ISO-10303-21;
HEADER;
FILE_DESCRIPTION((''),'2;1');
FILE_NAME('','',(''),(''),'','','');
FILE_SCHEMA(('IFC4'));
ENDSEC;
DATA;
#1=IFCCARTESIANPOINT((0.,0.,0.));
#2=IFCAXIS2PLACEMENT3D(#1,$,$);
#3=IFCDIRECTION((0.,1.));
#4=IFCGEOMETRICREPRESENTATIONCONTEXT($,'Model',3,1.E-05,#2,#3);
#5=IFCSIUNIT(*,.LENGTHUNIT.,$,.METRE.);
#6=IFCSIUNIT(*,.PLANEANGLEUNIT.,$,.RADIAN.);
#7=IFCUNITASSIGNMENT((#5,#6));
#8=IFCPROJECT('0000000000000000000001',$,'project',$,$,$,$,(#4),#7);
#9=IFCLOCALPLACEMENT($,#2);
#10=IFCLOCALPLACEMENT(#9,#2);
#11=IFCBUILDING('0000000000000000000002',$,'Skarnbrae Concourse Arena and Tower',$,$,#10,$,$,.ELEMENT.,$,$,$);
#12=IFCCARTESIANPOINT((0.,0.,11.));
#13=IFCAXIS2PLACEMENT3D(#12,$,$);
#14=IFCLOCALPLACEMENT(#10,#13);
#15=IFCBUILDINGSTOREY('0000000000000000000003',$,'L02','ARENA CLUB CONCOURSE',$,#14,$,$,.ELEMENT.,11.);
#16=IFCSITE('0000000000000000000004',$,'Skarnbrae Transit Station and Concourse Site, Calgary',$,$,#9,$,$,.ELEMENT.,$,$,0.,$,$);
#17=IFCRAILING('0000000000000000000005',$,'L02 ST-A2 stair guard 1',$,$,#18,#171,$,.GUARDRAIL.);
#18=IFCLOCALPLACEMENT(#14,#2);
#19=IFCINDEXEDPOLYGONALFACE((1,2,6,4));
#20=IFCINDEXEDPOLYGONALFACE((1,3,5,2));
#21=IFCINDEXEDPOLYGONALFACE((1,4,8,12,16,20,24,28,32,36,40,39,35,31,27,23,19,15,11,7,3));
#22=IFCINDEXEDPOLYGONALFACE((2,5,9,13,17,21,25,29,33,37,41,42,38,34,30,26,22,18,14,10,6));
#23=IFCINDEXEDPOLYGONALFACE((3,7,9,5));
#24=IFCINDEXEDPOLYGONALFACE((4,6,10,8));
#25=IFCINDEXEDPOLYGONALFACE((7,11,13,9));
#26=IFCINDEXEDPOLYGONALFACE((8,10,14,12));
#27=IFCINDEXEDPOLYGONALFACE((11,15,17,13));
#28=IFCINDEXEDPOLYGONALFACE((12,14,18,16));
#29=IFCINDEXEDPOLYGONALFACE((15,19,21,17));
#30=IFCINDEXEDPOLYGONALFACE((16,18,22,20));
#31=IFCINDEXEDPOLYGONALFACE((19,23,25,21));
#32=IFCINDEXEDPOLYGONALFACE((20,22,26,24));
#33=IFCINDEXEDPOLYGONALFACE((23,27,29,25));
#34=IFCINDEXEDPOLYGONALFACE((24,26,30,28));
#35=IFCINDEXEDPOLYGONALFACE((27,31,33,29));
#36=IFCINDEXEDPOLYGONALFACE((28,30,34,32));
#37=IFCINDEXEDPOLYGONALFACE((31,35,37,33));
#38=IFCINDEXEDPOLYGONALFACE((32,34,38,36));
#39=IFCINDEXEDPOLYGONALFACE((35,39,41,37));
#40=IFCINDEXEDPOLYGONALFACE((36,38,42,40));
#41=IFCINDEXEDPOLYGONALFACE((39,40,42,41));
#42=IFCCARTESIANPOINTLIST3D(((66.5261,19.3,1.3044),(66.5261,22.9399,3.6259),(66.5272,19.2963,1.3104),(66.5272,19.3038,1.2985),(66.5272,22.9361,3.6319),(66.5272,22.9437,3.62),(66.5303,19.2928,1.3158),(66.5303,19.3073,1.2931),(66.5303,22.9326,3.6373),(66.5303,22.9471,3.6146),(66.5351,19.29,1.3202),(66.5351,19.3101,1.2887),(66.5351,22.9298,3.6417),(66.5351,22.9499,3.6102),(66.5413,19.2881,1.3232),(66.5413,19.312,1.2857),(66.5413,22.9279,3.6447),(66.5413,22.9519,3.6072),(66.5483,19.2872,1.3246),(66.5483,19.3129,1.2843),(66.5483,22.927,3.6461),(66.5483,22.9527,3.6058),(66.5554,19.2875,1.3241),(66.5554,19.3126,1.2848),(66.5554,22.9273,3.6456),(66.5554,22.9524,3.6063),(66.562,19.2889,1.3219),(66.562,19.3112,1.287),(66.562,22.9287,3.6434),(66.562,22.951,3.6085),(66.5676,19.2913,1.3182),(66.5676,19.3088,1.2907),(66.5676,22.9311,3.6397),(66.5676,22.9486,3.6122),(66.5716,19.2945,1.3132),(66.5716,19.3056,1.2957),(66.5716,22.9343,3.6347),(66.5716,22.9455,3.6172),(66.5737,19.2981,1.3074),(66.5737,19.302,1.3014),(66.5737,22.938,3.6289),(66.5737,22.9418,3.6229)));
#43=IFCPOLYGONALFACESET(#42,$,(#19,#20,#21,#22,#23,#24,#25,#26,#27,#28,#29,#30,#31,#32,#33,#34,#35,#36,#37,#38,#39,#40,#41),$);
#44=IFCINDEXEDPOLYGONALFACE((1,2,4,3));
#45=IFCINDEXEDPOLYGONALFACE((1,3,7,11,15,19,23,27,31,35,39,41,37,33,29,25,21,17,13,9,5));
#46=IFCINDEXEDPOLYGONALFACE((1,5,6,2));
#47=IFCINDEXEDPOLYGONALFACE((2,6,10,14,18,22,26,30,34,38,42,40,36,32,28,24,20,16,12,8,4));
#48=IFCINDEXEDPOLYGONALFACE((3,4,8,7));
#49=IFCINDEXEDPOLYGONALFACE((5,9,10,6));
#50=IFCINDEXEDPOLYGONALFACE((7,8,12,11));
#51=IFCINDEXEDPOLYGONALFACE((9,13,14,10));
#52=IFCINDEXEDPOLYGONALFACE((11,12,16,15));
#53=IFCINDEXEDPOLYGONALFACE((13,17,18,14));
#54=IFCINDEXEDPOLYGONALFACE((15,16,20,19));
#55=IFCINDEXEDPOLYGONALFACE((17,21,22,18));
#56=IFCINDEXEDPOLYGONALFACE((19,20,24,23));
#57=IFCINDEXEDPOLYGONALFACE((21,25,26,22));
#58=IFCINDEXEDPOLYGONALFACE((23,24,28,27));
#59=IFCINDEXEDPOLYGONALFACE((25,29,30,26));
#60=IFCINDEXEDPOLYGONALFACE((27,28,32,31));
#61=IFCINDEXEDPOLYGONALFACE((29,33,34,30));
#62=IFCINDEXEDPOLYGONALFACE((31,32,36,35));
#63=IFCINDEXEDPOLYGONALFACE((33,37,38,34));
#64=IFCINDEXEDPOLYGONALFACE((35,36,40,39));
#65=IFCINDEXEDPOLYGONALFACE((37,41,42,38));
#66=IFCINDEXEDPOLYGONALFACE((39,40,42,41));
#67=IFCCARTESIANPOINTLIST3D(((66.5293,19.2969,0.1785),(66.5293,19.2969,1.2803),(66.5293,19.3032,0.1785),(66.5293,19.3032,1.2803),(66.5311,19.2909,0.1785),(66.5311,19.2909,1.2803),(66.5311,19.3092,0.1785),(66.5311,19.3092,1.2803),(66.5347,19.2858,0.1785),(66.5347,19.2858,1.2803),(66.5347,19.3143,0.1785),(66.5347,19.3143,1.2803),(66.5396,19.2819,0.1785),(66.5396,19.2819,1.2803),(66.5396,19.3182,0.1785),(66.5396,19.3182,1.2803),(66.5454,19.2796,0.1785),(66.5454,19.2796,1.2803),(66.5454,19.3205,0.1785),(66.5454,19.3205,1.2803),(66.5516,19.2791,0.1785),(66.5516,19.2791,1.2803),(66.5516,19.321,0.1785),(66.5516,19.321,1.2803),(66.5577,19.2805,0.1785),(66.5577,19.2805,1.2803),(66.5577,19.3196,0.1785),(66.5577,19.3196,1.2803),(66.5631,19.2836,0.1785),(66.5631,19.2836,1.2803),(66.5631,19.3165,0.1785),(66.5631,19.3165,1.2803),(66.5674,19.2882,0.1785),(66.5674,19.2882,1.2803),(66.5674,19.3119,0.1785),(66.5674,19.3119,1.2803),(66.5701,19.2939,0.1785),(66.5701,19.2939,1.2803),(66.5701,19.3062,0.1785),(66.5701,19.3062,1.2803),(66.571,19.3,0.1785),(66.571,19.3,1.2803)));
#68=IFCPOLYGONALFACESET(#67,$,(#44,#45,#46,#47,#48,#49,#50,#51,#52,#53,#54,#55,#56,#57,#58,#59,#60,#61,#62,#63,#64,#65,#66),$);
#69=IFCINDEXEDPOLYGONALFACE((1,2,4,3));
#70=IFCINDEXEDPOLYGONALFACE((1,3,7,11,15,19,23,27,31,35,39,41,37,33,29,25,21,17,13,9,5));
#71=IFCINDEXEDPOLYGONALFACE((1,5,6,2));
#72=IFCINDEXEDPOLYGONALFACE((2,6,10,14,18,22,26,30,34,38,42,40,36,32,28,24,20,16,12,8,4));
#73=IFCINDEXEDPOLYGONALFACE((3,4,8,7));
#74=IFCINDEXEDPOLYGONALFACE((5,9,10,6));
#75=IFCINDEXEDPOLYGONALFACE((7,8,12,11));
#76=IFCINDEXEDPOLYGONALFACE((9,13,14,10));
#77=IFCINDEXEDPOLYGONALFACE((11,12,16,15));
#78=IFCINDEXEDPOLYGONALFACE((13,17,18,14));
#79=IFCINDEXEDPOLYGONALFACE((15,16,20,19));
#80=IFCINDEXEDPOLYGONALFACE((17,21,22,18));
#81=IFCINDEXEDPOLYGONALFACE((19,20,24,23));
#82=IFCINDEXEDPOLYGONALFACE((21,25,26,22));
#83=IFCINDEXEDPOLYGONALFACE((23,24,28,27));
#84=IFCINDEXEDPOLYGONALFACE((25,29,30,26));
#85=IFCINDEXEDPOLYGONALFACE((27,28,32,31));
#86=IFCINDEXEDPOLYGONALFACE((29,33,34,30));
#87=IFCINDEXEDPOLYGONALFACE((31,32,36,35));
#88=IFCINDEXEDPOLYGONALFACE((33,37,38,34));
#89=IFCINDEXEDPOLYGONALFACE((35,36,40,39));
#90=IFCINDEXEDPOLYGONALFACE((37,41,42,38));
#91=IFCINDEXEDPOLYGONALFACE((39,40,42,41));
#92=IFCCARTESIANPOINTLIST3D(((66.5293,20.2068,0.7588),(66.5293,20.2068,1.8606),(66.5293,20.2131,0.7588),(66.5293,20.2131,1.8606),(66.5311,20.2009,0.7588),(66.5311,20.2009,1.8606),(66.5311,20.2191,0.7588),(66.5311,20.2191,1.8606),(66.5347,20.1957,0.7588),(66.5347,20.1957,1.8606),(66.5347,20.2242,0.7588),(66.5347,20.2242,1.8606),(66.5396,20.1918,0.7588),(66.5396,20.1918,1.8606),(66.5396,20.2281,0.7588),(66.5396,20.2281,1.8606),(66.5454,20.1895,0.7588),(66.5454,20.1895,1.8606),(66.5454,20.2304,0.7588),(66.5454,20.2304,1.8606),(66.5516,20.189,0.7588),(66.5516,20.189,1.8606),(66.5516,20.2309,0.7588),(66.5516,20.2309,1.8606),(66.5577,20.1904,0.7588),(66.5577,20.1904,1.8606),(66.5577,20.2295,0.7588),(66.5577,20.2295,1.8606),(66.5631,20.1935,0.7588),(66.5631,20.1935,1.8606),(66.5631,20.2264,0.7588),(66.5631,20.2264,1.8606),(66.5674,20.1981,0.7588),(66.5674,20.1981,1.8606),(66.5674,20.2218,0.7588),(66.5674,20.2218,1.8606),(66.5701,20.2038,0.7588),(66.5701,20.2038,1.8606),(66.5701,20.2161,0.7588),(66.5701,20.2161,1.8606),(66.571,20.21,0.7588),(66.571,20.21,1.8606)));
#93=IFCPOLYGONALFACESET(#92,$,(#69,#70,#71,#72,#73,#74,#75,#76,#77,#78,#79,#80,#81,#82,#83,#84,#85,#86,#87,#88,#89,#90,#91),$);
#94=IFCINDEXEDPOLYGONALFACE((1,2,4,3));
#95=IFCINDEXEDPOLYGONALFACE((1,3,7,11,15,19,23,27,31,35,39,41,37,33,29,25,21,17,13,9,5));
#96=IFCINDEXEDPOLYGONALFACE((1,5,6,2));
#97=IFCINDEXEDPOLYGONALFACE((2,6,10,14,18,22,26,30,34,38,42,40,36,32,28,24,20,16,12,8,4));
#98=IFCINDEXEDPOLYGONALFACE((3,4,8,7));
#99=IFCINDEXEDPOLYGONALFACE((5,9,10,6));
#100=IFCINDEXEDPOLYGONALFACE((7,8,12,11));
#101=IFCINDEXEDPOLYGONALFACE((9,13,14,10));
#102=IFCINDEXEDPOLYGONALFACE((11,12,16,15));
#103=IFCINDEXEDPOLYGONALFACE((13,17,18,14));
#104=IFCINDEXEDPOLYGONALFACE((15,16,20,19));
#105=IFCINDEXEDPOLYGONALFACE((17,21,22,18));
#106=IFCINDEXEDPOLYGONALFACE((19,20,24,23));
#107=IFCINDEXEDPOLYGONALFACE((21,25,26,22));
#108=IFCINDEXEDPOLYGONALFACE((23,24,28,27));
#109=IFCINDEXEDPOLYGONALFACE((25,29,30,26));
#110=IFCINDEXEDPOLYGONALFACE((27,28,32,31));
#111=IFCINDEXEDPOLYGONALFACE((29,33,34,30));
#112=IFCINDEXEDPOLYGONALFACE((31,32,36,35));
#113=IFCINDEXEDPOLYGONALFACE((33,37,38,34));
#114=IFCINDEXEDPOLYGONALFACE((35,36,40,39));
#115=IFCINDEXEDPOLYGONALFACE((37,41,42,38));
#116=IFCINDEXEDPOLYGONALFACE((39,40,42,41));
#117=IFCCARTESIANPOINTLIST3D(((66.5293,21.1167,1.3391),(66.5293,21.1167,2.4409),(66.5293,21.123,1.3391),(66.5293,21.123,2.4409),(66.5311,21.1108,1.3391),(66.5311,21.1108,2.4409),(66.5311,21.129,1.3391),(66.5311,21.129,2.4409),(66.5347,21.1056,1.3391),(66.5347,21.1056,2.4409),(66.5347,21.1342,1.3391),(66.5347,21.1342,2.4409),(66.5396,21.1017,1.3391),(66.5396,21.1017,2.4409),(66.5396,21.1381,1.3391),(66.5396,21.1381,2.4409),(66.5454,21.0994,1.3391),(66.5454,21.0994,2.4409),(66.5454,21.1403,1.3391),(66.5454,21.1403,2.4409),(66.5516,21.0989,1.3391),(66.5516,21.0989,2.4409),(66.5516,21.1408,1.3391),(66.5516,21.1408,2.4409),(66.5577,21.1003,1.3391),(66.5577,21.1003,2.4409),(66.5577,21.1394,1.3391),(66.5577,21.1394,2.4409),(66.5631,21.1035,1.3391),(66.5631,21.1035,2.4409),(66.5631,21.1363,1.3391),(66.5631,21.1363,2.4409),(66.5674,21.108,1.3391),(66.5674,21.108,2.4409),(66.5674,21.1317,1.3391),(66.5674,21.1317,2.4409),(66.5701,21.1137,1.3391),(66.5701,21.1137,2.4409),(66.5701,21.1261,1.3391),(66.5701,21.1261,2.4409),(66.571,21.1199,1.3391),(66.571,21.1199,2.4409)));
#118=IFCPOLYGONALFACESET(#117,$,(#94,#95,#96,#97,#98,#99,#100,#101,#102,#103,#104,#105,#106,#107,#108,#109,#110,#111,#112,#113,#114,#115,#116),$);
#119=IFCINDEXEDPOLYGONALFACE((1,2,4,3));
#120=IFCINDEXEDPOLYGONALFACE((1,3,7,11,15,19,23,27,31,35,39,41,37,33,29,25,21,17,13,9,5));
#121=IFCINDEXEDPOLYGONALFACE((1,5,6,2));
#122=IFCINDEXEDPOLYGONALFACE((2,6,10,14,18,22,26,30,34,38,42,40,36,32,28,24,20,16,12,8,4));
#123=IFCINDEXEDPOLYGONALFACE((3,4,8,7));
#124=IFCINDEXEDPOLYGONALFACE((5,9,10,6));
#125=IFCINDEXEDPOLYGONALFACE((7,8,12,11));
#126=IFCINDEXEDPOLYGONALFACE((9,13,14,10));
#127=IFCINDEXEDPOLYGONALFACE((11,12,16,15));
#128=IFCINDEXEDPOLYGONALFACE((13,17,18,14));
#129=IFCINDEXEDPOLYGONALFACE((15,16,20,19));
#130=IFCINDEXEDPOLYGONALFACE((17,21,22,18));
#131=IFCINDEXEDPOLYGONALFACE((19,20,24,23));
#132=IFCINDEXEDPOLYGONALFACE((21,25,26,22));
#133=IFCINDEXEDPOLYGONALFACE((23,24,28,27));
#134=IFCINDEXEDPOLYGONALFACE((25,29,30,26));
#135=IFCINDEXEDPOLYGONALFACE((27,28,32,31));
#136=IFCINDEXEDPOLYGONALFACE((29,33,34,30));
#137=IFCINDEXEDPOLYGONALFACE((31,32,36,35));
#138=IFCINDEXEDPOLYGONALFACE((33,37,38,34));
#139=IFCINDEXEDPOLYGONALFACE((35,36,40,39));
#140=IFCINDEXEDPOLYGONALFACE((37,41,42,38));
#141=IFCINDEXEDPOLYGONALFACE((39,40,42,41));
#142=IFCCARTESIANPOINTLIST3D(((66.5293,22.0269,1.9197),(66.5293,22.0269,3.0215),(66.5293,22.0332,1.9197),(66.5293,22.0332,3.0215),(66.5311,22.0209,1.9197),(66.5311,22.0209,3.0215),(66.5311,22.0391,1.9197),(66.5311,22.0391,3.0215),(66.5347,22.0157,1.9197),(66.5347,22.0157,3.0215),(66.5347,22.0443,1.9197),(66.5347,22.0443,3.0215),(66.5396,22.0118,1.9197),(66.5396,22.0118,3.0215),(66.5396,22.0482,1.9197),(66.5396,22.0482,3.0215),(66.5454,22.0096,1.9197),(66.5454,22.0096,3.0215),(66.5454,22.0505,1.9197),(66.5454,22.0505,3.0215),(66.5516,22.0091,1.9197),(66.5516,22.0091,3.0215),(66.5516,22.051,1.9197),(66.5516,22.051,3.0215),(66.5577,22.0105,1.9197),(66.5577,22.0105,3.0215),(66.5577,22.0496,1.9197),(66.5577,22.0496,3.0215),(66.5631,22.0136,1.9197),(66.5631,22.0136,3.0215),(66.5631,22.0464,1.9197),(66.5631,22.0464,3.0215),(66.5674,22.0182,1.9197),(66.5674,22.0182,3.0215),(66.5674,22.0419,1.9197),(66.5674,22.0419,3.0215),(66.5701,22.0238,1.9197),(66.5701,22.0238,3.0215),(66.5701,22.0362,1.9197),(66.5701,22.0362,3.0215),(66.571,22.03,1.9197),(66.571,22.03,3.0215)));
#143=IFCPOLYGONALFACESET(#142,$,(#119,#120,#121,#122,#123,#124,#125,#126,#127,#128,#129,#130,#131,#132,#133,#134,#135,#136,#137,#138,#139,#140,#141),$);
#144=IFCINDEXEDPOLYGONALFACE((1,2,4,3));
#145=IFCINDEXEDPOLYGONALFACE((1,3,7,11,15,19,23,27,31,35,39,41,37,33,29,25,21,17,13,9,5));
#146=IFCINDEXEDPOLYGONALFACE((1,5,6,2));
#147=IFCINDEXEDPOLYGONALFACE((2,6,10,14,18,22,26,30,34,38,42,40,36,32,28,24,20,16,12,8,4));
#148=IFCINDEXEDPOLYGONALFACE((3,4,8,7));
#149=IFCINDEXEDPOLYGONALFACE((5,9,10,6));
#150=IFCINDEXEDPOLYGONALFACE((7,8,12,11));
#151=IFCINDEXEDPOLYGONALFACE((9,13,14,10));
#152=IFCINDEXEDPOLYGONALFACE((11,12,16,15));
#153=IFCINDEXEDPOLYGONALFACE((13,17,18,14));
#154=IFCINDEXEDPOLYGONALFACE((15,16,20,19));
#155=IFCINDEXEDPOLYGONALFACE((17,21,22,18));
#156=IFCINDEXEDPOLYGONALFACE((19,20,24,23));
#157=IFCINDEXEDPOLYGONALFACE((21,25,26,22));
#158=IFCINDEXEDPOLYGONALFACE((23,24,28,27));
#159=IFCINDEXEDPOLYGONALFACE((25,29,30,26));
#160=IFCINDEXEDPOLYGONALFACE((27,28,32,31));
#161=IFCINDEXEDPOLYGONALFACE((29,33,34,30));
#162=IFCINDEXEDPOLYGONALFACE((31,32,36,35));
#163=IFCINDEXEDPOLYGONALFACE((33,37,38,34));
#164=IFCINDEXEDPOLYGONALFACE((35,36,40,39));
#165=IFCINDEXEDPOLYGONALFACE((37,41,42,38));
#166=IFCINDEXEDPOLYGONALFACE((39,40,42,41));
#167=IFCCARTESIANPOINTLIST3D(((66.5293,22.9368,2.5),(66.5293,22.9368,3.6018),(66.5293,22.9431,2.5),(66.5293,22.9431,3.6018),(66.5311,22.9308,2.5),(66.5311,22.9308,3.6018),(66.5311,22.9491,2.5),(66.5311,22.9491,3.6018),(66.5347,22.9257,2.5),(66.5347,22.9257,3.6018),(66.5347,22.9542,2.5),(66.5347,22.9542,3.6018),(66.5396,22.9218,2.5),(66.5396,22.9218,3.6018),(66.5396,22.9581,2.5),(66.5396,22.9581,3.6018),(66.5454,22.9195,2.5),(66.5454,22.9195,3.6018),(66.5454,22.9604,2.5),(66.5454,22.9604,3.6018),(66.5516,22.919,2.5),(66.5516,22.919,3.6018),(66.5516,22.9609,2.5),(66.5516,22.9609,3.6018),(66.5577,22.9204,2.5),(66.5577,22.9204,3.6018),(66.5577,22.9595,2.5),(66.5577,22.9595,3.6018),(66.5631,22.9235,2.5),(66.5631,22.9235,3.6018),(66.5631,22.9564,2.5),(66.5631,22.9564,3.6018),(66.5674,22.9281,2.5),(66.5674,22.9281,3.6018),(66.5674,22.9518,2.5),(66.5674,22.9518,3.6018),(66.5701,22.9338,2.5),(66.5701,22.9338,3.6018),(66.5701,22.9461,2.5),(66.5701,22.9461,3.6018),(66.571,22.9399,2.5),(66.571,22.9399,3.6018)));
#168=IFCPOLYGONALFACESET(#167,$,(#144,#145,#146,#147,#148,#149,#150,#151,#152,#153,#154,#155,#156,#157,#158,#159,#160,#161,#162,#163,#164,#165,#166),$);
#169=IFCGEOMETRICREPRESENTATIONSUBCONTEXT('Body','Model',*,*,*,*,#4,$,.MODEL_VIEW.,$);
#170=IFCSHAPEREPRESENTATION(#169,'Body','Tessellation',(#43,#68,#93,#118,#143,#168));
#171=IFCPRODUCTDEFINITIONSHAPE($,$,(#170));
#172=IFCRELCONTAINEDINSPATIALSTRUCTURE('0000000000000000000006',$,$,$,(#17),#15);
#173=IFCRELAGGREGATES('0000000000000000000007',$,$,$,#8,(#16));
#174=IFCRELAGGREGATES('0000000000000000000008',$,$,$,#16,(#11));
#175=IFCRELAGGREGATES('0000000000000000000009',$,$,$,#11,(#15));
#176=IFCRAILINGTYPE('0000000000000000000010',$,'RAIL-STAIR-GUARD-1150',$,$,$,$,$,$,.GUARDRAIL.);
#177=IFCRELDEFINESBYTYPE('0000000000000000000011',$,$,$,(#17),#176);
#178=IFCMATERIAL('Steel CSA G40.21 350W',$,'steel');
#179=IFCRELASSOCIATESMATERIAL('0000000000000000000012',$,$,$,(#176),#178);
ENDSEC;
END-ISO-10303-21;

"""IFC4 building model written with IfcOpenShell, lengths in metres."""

from ifc_helpers import new_model, si_unit, direction, frame, origin, origin_2d, place, context, subcontext, project, spatial, circle, extrude, material, type_object, element, save


model = new_model("IFC4")

# Units and contexts
model_context = context("Model", 3, precision=1e-05, world=origin(), true_north=direction((0.0, 1.0)))
body_context = subcontext(model_context, "Body", "Model", "MODEL_VIEW")
ifc_project = project(units=[si_unit("LENGTHUNIT", "METRE"), si_unit("PLANEANGLEUNIT", "RADIAN")], contexts=[model_context])

# Site, building, storey
site_placement = place(None, origin())
site = spatial("IfcSite", under=ifc_project, at=site_placement, Name="Skarnbrae Transit Station and Concourse Site, Calgary", CompositionType="ELEMENT", RefElevation=0.0)
building_placement = place(site_placement, origin())
building = spatial("IfcBuilding", under=site, at=building_placement, Name="Skarnbrae Concourse Arena and Tower", CompositionType="ELEMENT")
storey_placement = place(building_placement, frame((0.0, 0.0, 11.0)))
storey = spatial("IfcBuildingStorey", under=building, at=storey_placement, Name="L02", Description="ARENA CLUB CONCOURSE", CompositionType="ELEMENT", Elevation=11.0)

# Shared definitions
ifc_material_1 = material(Name="Steel CSA G40.21 350W", Category="steel")

# Railing
railing_type_1 = type_object("IfcRailingType", Name="RAIL-STAIR-GUARD-1150", PredefinedType="GUARDRAIL", material=ifc_material_1)
railing_1_placement = place(storey_placement, frame((66.55, 19.3, 0.1785)))
element("IfcRailing", 1, at=railing_1_placement, inside=storey, type_object=railing_type_1, Name="L02 ST-A2 stair guard 1", PredefinedType="GUARDRAIL", context=body_context, shape_type="SweptSolid", body=[
    extrude(circle(Radius=0.0239, at=origin_2d()), frame((0.0, 0.0, 1.126), z_axis=(0.0, 0.843112, 0.537739), x_axis=(-1.0, 0.0, 0.0)), (0.0, 0.0, 1.0), 4.3171),
    extrude(circle(Radius=0.021, at=origin_2d()), origin(), (0.0, 0.0, 1.0), 1.1018),
    extrude(circle(Radius=0.021, at=origin_2d()), frame((0.0, 0.9099, 0.5803)), (0.0, 0.0, 1.0), 1.1018),
    extrude(circle(Radius=0.021, at=origin_2d()), frame((0.0, 1.8198, 1.1606)), (0.0, 0.0, 1.0), 1.1018),
    extrude(circle(Radius=0.021, at=origin_2d()), frame((0.0, 2.73, 1.7412)), (0.0, 0.0, 1.0), 1.1018),
    extrude(circle(Radius=0.021, at=origin_2d()), frame((0.0, 3.6399, 2.3215)), (0.0, 0.0, 1.0), 1.1018),
])

save(model, "model.ifc")
